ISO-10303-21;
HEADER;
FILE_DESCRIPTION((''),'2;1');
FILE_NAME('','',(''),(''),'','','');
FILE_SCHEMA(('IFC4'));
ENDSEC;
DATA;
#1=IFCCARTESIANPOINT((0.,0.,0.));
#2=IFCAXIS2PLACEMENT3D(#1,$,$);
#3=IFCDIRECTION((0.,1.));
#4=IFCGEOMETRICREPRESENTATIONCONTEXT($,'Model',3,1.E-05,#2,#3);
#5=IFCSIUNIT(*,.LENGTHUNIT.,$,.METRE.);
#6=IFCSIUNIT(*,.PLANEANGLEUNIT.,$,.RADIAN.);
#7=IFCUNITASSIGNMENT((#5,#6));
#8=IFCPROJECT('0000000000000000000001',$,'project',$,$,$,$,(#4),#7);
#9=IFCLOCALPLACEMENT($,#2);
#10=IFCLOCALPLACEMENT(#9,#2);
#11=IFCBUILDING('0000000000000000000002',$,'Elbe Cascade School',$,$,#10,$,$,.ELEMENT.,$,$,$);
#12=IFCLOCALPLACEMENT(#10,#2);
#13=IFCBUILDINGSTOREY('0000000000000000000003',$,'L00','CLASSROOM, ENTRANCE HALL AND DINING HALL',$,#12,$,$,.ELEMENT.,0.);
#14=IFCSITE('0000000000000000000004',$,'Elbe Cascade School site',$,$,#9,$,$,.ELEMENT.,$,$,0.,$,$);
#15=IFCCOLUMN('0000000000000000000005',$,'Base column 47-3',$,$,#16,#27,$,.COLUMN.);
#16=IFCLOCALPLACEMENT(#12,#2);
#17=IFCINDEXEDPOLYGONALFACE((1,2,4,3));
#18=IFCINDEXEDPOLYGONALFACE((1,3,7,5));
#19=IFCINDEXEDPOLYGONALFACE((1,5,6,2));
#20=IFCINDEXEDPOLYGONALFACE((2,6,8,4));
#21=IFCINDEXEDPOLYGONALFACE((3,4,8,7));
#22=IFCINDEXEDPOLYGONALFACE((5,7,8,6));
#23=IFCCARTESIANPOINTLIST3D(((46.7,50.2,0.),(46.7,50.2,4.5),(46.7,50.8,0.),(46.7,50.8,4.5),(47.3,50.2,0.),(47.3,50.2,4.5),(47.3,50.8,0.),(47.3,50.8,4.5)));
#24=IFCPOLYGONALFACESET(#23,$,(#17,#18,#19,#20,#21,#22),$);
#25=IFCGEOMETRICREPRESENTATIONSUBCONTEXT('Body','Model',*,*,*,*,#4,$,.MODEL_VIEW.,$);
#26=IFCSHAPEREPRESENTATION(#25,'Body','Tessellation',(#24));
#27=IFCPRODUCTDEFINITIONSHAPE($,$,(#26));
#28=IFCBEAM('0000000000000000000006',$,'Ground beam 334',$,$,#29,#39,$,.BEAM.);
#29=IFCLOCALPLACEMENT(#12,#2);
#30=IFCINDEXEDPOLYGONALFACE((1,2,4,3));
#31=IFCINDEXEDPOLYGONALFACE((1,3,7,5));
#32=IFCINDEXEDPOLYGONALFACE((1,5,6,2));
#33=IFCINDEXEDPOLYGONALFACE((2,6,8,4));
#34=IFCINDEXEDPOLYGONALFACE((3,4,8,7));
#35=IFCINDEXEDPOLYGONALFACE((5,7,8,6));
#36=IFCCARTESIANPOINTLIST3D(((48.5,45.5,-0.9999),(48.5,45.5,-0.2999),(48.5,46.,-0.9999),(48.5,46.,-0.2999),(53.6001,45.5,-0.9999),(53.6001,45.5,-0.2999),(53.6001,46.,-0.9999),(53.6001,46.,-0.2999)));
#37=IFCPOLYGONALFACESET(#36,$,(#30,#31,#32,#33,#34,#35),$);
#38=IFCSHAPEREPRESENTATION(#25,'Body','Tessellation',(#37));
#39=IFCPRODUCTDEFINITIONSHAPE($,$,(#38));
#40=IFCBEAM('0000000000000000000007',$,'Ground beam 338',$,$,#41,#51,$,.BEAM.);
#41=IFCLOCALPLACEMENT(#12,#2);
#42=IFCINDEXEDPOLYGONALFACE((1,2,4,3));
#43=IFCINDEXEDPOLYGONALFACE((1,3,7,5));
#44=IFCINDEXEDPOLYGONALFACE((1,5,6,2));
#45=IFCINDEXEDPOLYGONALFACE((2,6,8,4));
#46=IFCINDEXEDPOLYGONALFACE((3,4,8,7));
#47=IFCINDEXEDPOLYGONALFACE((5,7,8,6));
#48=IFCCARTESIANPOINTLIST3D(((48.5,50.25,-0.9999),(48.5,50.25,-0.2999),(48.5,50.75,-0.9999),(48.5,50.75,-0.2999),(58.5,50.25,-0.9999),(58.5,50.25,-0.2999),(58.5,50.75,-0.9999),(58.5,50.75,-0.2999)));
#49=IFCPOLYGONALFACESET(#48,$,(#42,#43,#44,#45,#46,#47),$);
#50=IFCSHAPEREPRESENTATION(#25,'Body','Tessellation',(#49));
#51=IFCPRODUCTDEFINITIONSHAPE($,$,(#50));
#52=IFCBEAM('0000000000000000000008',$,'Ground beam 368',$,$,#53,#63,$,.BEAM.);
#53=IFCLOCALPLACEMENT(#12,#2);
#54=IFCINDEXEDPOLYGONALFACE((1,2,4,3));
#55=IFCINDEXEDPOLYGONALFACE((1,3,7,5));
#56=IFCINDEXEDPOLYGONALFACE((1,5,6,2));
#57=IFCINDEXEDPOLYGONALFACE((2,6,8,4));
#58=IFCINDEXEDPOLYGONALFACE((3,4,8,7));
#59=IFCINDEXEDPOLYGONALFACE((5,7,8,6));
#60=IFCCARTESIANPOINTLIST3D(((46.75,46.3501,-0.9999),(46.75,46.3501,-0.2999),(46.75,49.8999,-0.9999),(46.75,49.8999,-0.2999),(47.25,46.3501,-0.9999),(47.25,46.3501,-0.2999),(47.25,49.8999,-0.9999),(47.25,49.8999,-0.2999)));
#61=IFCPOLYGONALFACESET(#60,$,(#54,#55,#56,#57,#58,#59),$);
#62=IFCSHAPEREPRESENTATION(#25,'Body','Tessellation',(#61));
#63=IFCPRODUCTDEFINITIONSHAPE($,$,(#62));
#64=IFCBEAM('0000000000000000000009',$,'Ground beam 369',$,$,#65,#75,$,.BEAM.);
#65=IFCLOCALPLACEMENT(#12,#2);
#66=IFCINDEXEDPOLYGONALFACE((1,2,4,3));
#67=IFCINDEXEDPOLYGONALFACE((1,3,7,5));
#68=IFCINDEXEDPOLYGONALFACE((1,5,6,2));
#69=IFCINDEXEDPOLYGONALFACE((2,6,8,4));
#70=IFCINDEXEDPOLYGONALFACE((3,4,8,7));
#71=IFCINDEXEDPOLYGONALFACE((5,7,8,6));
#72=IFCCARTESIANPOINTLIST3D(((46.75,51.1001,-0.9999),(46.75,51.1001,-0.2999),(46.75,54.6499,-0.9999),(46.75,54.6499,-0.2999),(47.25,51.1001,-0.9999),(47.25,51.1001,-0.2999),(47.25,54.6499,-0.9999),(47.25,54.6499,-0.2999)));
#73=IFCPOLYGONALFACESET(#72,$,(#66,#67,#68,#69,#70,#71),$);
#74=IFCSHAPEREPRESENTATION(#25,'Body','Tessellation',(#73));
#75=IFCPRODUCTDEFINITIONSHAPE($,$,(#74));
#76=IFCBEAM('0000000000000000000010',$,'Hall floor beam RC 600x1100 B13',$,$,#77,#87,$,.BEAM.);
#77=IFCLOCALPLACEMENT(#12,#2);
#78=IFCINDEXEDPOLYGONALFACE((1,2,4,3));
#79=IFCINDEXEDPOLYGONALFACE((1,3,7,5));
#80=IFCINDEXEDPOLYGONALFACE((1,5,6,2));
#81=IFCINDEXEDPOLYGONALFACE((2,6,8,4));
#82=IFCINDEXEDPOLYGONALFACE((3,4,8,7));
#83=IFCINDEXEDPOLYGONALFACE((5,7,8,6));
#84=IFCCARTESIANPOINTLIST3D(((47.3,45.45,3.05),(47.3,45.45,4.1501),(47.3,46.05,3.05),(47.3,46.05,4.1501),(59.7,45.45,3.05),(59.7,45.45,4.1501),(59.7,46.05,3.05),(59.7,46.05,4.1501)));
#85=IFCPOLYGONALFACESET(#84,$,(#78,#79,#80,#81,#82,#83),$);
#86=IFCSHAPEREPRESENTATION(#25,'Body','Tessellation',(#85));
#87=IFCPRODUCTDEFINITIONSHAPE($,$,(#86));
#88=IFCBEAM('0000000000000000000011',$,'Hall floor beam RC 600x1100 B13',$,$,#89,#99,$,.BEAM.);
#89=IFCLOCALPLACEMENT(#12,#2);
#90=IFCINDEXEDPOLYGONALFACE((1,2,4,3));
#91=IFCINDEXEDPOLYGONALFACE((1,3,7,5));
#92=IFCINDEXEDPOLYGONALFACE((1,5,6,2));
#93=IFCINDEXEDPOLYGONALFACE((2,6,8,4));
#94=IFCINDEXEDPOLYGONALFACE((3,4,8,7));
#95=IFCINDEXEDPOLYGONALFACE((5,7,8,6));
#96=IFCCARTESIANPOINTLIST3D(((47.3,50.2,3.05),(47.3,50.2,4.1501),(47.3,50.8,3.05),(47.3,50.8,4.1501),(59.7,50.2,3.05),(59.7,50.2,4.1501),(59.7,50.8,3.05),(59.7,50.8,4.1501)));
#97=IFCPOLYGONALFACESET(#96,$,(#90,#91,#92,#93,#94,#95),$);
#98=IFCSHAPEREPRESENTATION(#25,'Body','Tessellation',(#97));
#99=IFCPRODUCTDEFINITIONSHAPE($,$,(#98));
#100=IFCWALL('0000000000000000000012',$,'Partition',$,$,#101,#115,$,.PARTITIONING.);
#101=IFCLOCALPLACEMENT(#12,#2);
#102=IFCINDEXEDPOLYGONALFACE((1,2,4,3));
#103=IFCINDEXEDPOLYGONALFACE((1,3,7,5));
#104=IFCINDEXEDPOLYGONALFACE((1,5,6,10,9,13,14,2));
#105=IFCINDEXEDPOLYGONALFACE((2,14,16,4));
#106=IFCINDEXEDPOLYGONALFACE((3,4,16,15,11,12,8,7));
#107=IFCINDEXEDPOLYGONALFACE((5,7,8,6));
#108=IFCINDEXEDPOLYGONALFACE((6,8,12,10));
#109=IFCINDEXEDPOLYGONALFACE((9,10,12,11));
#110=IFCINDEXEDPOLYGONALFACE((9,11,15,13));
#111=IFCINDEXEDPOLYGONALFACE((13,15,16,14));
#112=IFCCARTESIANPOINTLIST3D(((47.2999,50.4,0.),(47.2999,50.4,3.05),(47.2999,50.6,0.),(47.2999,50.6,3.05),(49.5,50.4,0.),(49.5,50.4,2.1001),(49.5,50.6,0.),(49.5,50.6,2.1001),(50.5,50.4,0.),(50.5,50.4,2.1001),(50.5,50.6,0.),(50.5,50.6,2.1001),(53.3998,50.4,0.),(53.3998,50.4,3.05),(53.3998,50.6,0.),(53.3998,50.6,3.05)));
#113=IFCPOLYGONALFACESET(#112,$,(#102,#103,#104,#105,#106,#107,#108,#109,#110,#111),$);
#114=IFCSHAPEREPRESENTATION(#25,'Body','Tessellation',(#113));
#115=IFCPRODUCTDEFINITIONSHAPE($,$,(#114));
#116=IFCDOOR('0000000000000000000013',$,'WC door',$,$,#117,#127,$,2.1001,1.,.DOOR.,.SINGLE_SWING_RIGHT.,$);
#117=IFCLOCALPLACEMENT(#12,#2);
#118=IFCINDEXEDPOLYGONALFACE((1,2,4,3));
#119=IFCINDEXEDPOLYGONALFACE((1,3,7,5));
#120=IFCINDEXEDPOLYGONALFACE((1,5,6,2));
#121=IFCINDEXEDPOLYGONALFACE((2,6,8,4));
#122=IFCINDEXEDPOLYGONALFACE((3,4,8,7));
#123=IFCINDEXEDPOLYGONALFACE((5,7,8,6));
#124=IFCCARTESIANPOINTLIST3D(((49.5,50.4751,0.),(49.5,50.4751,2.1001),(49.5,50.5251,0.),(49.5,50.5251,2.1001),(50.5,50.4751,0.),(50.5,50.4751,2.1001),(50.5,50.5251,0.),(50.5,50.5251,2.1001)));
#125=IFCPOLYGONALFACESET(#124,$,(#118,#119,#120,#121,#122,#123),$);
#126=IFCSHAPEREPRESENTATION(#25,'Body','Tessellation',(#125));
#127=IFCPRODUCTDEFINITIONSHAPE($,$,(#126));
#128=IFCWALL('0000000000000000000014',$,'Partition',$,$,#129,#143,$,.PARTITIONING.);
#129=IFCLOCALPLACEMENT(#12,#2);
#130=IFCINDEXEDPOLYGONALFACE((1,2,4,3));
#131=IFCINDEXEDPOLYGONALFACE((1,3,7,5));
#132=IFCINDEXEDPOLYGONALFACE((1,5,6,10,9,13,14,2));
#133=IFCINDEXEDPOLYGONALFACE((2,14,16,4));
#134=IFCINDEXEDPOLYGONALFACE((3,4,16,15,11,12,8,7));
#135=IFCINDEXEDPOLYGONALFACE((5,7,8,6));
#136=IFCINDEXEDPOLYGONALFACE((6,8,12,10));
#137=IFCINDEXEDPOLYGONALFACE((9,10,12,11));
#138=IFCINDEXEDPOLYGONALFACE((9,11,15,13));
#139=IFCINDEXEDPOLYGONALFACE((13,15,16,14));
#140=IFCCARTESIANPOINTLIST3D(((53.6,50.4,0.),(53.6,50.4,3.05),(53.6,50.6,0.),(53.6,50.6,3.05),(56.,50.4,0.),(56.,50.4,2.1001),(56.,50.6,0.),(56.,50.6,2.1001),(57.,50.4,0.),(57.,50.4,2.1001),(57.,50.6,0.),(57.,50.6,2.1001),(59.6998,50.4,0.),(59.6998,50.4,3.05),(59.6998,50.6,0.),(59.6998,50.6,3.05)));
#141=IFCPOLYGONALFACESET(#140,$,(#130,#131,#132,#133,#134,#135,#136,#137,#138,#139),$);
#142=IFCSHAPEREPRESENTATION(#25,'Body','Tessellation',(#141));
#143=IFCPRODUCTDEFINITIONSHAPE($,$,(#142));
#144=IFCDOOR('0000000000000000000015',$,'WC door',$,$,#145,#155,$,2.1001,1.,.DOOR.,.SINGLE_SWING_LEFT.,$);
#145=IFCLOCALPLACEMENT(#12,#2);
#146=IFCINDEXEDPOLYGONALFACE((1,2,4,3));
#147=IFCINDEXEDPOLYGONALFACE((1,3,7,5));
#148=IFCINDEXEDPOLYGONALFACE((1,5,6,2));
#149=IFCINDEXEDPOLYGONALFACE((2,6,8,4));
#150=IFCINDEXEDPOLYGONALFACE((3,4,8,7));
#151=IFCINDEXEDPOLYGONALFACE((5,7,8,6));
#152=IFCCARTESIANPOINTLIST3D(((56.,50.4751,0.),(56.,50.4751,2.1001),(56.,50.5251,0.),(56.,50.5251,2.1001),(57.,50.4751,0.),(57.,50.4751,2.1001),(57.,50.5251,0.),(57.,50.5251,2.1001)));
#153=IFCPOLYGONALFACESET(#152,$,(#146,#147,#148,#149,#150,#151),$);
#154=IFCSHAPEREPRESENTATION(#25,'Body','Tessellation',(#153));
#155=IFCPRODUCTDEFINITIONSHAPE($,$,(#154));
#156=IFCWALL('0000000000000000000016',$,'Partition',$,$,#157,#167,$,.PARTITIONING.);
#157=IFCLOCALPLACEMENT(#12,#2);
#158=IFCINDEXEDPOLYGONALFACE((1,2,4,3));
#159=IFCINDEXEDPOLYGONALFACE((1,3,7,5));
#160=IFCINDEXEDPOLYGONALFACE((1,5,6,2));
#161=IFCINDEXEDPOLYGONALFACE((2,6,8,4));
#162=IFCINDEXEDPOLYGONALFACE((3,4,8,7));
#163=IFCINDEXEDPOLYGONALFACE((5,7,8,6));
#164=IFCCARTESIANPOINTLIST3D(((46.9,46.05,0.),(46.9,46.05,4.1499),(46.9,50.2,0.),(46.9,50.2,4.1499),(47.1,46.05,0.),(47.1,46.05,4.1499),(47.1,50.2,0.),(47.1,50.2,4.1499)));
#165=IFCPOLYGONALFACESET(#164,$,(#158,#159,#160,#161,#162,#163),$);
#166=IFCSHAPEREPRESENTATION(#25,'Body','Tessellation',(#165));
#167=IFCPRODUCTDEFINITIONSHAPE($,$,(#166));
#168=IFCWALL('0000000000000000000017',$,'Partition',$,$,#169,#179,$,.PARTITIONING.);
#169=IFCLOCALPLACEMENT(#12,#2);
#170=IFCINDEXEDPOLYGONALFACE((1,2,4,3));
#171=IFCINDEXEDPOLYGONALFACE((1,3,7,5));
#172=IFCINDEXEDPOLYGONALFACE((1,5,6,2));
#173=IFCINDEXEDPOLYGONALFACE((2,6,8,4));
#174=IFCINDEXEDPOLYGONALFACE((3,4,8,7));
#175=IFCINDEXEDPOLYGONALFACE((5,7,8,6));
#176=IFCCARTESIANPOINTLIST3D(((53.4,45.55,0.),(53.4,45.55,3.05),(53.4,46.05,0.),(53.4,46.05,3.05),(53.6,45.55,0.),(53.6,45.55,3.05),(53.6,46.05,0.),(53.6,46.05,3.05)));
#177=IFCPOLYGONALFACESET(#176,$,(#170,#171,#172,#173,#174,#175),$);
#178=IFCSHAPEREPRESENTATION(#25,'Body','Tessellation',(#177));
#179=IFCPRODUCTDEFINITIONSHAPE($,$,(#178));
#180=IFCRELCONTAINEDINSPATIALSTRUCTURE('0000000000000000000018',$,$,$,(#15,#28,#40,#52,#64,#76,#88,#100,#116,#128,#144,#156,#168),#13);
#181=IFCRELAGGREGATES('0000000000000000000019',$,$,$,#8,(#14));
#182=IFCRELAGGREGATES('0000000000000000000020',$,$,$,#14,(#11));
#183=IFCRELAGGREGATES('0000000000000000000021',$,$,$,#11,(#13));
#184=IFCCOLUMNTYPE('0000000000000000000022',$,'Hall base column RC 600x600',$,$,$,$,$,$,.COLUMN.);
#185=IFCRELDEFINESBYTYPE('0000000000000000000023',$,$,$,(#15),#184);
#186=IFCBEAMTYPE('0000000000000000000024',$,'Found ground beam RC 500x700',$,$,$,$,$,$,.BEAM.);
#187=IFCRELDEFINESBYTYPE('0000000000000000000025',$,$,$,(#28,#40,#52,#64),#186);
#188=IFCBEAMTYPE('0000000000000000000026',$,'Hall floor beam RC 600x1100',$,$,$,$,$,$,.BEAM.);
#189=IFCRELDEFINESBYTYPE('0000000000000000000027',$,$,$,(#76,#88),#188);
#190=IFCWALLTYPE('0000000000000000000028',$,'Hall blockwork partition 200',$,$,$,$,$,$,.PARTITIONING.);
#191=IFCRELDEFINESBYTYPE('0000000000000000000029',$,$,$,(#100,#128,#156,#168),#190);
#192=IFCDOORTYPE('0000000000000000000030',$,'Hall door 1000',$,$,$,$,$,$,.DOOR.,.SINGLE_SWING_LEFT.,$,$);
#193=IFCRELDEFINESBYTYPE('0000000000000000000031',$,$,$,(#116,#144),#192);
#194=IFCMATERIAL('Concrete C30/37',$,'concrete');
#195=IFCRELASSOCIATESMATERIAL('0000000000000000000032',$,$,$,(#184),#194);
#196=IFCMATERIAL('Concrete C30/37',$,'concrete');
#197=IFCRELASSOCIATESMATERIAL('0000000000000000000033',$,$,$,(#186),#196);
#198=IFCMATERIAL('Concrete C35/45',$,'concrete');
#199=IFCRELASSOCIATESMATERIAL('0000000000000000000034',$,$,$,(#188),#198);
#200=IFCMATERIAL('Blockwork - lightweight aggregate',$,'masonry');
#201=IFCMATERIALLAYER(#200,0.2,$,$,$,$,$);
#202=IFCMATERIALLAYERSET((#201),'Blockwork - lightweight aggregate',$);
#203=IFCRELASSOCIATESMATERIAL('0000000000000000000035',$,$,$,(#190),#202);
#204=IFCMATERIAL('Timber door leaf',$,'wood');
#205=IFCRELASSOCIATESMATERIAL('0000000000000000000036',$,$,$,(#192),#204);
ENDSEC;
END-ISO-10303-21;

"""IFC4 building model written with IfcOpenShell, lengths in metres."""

from ifc_helpers import new_model, si_unit, direction, frame, frame_2d, origin, origin_2d, place, context, subcontext, project, spatial, rectangle, extrude, material, layer, layer_set, material_profile, profile_set, type_object, element, fill, save


model = new_model("IFC4")

# Units and contexts
model_context = context("Model", 3, precision=1e-05, world=origin(), true_north=direction((0.0, 1.0)))
body_context = subcontext(model_context, "Body", "Model", "MODEL_VIEW")
ifc_project = project(units=[si_unit("LENGTHUNIT", "METRE"), si_unit("PLANEANGLEUNIT", "RADIAN")], contexts=[model_context])

# Site, building, storey
site_placement = place(None, origin())
site = spatial("IfcSite", under=ifc_project, at=site_placement, Name="Elbe Cascade School site", CompositionType="ELEMENT", RefElevation=0.0)
building_placement = place(site_placement, origin())
building = spatial("IfcBuilding", under=site, at=building_placement, Name="Elbe Cascade School", CompositionType="ELEMENT")
storey_placement = place(building_placement, origin())
storey = spatial("IfcBuildingStorey", under=building, at=storey_placement, Name="L00", Description="CLASSROOM, ENTRANCE HALL AND DINING HALL", CompositionType="ELEMENT", Elevation=0.0)

# Column
ifc_material_1 = material(Name="Concrete C30/37", Category="concrete")
ifc_material_profile_1 = material_profile(ifc_material_1, rectangle(XDim=0.6001, YDim=0.6001, at=origin_2d()), Name="RC 600x600")
ifc_profile_set_1 = profile_set([ifc_material_profile_1], Name="Concrete C30/37")
column_type = type_object("IfcColumnType", Name="Hall base column RC 600x600", PredefinedType="COLUMN", material=ifc_profile_set_1)
for number, where, z_axis, x_axis, name in (
    (1, (47.0, 50.5, 0.0), (0.0, 0.0, 1.0), (1.0, 0.0, 0.0), "Base column 47-3"),
):
    element("IfcColumn", number, at=place(storey_placement, frame(where, z_axis=z_axis, x_axis=x_axis)), inside=storey, type_object=column_type, Name=name, PredefinedType="COLUMN", context=body_context, shape_type="SweptSolid", body=[
        extrude(rectangle(XDim=0.6001, YDim=0.6001, at=origin_2d()), origin(), (0.0, 0.0, 1.0), 4.5),
    ])

# Beams
ifc_material_2 = material(Name="Concrete C30/37", Category="concrete")
ifc_material_profile_2 = material_profile(ifc_material_2, rectangle(XDim=0.5, YDim=0.7, at=origin_2d()), Name="RC 500x700")
ifc_profile_set_2 = profile_set([ifc_material_profile_2], Name="Concrete C30/37")
beam_type_1 = type_object("IfcBeamType", Name="Found ground beam RC 500x700", PredefinedType="BEAM", material=ifc_profile_set_2)
beam_1_placement = place(storey_placement, frame((48.5, 45.75, -0.6499), z_axis=(1.0, 0.0, 0.0), x_axis=(0.0, 1.0, 0.0)))
element("IfcBeam", 2, at=beam_1_placement, inside=storey, type_object=beam_type_1, Name="Ground beam 334", PredefinedType="BEAM", context=body_context, shape_type="SweptSolid", body=[
    extrude(rectangle(XDim=0.5, YDim=0.7, at=origin_2d()), origin(), (0.0, 0.0, 1.0), 5.1001),
])
beam_2_placement = place(storey_placement, frame((48.5, 50.5, -0.6499), z_axis=(1.0, 0.0, 0.0), x_axis=(0.0, 1.0, 0.0)))
element("IfcBeam", 3, at=beam_2_placement, inside=storey, type_object=beam_type_1, Name="Ground beam 338", PredefinedType="BEAM", context=body_context, shape_type="SweptSolid", body=[
    extrude(rectangle(XDim=0.5, YDim=0.7, at=origin_2d()), origin(), (0.0, 0.0, 1.0), 10.0),
])
for number, where, z_axis, x_axis, name in (
    (4, (47.0, 46.3501, -0.6499), (0.0, 1.0, 0.0), (-1.0, 0.0, 0.0), "Ground beam 368"),
    (5, (47.0, 51.1001, -0.6499), (0.0, 1.0, 0.0), (-1.0, 0.0, 0.0), "Ground beam 369"),
):
    element("IfcBeam", number, at=place(storey_placement, frame(where, z_axis=z_axis, x_axis=x_axis)), inside=storey, type_object=beam_type_1, Name=name, PredefinedType="BEAM", context=body_context, shape_type="SweptSolid", body=[
        extrude(rectangle(XDim=0.5, YDim=0.7, at=origin_2d()), origin(), (0.0, 0.0, 1.0), 3.5498),
    ])
ifc_material_3 = material(Name="Concrete C35/45", Category="concrete")
ifc_material_profile_3 = material_profile(ifc_material_3, rectangle(XDim=0.6001, YDim=1.1001, at=origin_2d()), Name="RC 600x1100")
ifc_profile_set_3 = profile_set([ifc_material_profile_3], Name="Concrete C35/45")
beam_type_2 = type_object("IfcBeamType", Name="Hall floor beam RC 600x1100", PredefinedType="BEAM", material=ifc_profile_set_3)
for number, where, z_axis, x_axis, name in (
    (6, (47.3, 45.75, 3.6001), (1.0, 0.0, 0.0), (0.0, 1.0, 0.0), "Hall floor beam RC 600x1100 B13"),
    (7, (47.3, 50.5, 3.6001), (1.0, 0.0, 0.0), (0.0, 1.0, 0.0), "Hall floor beam RC 600x1100 B13"),
):
    element("IfcBeam", number, at=place(storey_placement, frame(where, z_axis=z_axis, x_axis=x_axis)), inside=storey, type_object=beam_type_2, Name=name, PredefinedType="BEAM", context=body_context, shape_type="SweptSolid", body=[
        extrude(rectangle(XDim=0.6001, YDim=1.1001, at=origin_2d()), origin(), (0.0, 0.0, 1.0), 12.3999),
    ])

# Walls, openings, doors
ifc_material_4 = material(Name="Blockwork - lightweight aggregate", Category="masonry")
ifc_layer_1 = layer(ifc_material_4, 0.2)
ifc_layer_set_1 = layer_set([ifc_layer_1], Name="Blockwork - lightweight aggregate")
wall_type_1 = type_object("IfcWallType", Name="Hall blockwork partition 200", PredefinedType="PARTITIONING", material=ifc_layer_set_1)
wall_1_placement = place(storey_placement, frame((47.3, 50.5, 0.0), z_axis=(0.0, 0.0, 1.0), x_axis=(1.0, 0.0, 0.0)))
wall_1 = element("IfcWall", 8, at=wall_1_placement, inside=storey, type_object=wall_type_1, Name="Partition", PredefinedType="PARTITIONING", context=body_context, shape_type="SweptSolid", body=[
    extrude(rectangle(XDim=6.0999, YDim=0.2, at=frame_2d((3.0498, 0.0))), origin(), (0.0, 0.0, 1.0), 3.05),
])
opening_1_placement = place(wall_1_placement, frame((2.2, 0.0, 0.0)))
opening_1 = element("IfcOpeningElement", 9, at=opening_1_placement, cuts=wall_1, PredefinedType="OPENING", context=body_context, shape_type="SweptSolid", body=[
    extrude(rectangle(XDim=1.0, YDim=2.1001, at=frame_2d((0.5, 1.05))), frame((0.0, 0.1099, 0.0), z_axis=(0.0, -1.0, 0.0), x_axis=(1.0, 0.0, 0.0)), (0.0, 0.0, 1.0), 0.22),
])
ifc_material_5 = material(Name="Timber door leaf", Category="wood")
door_type = type_object("IfcDoorType", Name="Hall door 1000", OperationType="SINGLE_SWING_LEFT", PredefinedType="DOOR", material=ifc_material_5)
door_1_placement = place(opening_1_placement, frame((1.0, 0.0, 0.0), z_axis=(0.0, 0.0, 1.0), x_axis=(-1.0, 0.0, 0.0)))
door_1 = element("IfcDoor", 10, at=door_1_placement, inside=storey, type_object=door_type, Name="WC door", OperationType="SINGLE_SWING_RIGHT", OverallHeight=2.1001, OverallWidth=1.0, PredefinedType="DOOR", context=body_context, shape_type="SweptSolid", body=[
    extrude(rectangle(XDim=1.0, YDim=2.1001, at=frame_2d((0.5, 1.05))), frame((0.0, 0.0249, 0.0), z_axis=(0.0, -1.0, 0.0), x_axis=(1.0, 0.0, 0.0)), (0.0, 0.0, 1.0), 0.05),
])
fill(opening_1, door_1)
wall_2_placement = place(storey_placement, frame((53.6001, 50.5, 0.0), z_axis=(0.0, 0.0, 1.0), x_axis=(1.0, 0.0, 0.0)))
wall_2 = element("IfcWall", 11, at=wall_2_placement, inside=storey, type_object=wall_type_1, Name="Partition", PredefinedType="PARTITIONING", context=body_context, shape_type="SweptSolid", body=[
    extrude(rectangle(XDim=6.0999, YDim=0.2, at=frame_2d((3.0498, 0.0))), origin(), (0.0, 0.0, 1.0), 3.05),
])
opening_2_placement = place(wall_2_placement, frame((2.3999, 0.0, 0.0)))
opening_2 = element("IfcOpeningElement", 12, at=opening_2_placement, cuts=wall_2, PredefinedType="OPENING", context=body_context, shape_type="SweptSolid", body=[
    extrude(rectangle(XDim=1.0, YDim=2.1001, at=frame_2d((0.5, 1.05))), frame((0.0, 0.1099, 0.0), z_axis=(0.0, -1.0, 0.0), x_axis=(1.0, 0.0, 0.0)), (0.0, 0.0, 1.0), 0.22),
])
door_2_placement = place(opening_2_placement, frame((1.0, 0.0, 0.0), z_axis=(0.0, 0.0, 1.0), x_axis=(-1.0, 0.0, 0.0)))
door_2 = element("IfcDoor", 13, at=door_2_placement, inside=storey, type_object=door_type, Name="WC door", OperationType="SINGLE_SWING_LEFT", OverallHeight=2.1001, OverallWidth=1.0, PredefinedType="DOOR", context=body_context, shape_type="SweptSolid", body=[
    extrude(rectangle(XDim=1.0, YDim=2.1001, at=frame_2d((0.5, 1.05))), frame((0.0, 0.0249, 0.0), z_axis=(0.0, -1.0, 0.0), x_axis=(1.0, 0.0, 0.0)), (0.0, 0.0, 1.0), 0.05),
])
fill(opening_2, door_2)

# Walls
wall_3_placement = place(storey_placement, frame((47.0, 46.05, 0.0), z_axis=(0.0, 0.0, 1.0), x_axis=(0.0, 1.0, 0.0)))
element("IfcWall", 14, at=wall_3_placement, inside=storey, type_object=wall_type_1, Name="Partition", PredefinedType="PARTITIONING", context=body_context, shape_type="SweptSolid", body=[
    extrude(rectangle(XDim=4.1499, YDim=0.2, at=frame_2d((2.075, 0.0))), origin(), (0.0, 0.0, 1.0), 4.1499),
])
wall_4_placement = place(storey_placement, frame((53.5, 45.55, 0.0), z_axis=(0.0, 0.0, 1.0), x_axis=(0.0, 1.0, 0.0)))
element("IfcWall", 15, at=wall_4_placement, inside=storey, type_object=wall_type_1, Name="Partition", PredefinedType="PARTITIONING", context=body_context, shape_type="SweptSolid", body=[
    extrude(rectangle(XDim=0.5, YDim=0.2, at=frame_2d((0.25, 0.0))), origin(), (0.0, 0.0, 1.0), 3.05),
])

save(model, "model.ifc")
